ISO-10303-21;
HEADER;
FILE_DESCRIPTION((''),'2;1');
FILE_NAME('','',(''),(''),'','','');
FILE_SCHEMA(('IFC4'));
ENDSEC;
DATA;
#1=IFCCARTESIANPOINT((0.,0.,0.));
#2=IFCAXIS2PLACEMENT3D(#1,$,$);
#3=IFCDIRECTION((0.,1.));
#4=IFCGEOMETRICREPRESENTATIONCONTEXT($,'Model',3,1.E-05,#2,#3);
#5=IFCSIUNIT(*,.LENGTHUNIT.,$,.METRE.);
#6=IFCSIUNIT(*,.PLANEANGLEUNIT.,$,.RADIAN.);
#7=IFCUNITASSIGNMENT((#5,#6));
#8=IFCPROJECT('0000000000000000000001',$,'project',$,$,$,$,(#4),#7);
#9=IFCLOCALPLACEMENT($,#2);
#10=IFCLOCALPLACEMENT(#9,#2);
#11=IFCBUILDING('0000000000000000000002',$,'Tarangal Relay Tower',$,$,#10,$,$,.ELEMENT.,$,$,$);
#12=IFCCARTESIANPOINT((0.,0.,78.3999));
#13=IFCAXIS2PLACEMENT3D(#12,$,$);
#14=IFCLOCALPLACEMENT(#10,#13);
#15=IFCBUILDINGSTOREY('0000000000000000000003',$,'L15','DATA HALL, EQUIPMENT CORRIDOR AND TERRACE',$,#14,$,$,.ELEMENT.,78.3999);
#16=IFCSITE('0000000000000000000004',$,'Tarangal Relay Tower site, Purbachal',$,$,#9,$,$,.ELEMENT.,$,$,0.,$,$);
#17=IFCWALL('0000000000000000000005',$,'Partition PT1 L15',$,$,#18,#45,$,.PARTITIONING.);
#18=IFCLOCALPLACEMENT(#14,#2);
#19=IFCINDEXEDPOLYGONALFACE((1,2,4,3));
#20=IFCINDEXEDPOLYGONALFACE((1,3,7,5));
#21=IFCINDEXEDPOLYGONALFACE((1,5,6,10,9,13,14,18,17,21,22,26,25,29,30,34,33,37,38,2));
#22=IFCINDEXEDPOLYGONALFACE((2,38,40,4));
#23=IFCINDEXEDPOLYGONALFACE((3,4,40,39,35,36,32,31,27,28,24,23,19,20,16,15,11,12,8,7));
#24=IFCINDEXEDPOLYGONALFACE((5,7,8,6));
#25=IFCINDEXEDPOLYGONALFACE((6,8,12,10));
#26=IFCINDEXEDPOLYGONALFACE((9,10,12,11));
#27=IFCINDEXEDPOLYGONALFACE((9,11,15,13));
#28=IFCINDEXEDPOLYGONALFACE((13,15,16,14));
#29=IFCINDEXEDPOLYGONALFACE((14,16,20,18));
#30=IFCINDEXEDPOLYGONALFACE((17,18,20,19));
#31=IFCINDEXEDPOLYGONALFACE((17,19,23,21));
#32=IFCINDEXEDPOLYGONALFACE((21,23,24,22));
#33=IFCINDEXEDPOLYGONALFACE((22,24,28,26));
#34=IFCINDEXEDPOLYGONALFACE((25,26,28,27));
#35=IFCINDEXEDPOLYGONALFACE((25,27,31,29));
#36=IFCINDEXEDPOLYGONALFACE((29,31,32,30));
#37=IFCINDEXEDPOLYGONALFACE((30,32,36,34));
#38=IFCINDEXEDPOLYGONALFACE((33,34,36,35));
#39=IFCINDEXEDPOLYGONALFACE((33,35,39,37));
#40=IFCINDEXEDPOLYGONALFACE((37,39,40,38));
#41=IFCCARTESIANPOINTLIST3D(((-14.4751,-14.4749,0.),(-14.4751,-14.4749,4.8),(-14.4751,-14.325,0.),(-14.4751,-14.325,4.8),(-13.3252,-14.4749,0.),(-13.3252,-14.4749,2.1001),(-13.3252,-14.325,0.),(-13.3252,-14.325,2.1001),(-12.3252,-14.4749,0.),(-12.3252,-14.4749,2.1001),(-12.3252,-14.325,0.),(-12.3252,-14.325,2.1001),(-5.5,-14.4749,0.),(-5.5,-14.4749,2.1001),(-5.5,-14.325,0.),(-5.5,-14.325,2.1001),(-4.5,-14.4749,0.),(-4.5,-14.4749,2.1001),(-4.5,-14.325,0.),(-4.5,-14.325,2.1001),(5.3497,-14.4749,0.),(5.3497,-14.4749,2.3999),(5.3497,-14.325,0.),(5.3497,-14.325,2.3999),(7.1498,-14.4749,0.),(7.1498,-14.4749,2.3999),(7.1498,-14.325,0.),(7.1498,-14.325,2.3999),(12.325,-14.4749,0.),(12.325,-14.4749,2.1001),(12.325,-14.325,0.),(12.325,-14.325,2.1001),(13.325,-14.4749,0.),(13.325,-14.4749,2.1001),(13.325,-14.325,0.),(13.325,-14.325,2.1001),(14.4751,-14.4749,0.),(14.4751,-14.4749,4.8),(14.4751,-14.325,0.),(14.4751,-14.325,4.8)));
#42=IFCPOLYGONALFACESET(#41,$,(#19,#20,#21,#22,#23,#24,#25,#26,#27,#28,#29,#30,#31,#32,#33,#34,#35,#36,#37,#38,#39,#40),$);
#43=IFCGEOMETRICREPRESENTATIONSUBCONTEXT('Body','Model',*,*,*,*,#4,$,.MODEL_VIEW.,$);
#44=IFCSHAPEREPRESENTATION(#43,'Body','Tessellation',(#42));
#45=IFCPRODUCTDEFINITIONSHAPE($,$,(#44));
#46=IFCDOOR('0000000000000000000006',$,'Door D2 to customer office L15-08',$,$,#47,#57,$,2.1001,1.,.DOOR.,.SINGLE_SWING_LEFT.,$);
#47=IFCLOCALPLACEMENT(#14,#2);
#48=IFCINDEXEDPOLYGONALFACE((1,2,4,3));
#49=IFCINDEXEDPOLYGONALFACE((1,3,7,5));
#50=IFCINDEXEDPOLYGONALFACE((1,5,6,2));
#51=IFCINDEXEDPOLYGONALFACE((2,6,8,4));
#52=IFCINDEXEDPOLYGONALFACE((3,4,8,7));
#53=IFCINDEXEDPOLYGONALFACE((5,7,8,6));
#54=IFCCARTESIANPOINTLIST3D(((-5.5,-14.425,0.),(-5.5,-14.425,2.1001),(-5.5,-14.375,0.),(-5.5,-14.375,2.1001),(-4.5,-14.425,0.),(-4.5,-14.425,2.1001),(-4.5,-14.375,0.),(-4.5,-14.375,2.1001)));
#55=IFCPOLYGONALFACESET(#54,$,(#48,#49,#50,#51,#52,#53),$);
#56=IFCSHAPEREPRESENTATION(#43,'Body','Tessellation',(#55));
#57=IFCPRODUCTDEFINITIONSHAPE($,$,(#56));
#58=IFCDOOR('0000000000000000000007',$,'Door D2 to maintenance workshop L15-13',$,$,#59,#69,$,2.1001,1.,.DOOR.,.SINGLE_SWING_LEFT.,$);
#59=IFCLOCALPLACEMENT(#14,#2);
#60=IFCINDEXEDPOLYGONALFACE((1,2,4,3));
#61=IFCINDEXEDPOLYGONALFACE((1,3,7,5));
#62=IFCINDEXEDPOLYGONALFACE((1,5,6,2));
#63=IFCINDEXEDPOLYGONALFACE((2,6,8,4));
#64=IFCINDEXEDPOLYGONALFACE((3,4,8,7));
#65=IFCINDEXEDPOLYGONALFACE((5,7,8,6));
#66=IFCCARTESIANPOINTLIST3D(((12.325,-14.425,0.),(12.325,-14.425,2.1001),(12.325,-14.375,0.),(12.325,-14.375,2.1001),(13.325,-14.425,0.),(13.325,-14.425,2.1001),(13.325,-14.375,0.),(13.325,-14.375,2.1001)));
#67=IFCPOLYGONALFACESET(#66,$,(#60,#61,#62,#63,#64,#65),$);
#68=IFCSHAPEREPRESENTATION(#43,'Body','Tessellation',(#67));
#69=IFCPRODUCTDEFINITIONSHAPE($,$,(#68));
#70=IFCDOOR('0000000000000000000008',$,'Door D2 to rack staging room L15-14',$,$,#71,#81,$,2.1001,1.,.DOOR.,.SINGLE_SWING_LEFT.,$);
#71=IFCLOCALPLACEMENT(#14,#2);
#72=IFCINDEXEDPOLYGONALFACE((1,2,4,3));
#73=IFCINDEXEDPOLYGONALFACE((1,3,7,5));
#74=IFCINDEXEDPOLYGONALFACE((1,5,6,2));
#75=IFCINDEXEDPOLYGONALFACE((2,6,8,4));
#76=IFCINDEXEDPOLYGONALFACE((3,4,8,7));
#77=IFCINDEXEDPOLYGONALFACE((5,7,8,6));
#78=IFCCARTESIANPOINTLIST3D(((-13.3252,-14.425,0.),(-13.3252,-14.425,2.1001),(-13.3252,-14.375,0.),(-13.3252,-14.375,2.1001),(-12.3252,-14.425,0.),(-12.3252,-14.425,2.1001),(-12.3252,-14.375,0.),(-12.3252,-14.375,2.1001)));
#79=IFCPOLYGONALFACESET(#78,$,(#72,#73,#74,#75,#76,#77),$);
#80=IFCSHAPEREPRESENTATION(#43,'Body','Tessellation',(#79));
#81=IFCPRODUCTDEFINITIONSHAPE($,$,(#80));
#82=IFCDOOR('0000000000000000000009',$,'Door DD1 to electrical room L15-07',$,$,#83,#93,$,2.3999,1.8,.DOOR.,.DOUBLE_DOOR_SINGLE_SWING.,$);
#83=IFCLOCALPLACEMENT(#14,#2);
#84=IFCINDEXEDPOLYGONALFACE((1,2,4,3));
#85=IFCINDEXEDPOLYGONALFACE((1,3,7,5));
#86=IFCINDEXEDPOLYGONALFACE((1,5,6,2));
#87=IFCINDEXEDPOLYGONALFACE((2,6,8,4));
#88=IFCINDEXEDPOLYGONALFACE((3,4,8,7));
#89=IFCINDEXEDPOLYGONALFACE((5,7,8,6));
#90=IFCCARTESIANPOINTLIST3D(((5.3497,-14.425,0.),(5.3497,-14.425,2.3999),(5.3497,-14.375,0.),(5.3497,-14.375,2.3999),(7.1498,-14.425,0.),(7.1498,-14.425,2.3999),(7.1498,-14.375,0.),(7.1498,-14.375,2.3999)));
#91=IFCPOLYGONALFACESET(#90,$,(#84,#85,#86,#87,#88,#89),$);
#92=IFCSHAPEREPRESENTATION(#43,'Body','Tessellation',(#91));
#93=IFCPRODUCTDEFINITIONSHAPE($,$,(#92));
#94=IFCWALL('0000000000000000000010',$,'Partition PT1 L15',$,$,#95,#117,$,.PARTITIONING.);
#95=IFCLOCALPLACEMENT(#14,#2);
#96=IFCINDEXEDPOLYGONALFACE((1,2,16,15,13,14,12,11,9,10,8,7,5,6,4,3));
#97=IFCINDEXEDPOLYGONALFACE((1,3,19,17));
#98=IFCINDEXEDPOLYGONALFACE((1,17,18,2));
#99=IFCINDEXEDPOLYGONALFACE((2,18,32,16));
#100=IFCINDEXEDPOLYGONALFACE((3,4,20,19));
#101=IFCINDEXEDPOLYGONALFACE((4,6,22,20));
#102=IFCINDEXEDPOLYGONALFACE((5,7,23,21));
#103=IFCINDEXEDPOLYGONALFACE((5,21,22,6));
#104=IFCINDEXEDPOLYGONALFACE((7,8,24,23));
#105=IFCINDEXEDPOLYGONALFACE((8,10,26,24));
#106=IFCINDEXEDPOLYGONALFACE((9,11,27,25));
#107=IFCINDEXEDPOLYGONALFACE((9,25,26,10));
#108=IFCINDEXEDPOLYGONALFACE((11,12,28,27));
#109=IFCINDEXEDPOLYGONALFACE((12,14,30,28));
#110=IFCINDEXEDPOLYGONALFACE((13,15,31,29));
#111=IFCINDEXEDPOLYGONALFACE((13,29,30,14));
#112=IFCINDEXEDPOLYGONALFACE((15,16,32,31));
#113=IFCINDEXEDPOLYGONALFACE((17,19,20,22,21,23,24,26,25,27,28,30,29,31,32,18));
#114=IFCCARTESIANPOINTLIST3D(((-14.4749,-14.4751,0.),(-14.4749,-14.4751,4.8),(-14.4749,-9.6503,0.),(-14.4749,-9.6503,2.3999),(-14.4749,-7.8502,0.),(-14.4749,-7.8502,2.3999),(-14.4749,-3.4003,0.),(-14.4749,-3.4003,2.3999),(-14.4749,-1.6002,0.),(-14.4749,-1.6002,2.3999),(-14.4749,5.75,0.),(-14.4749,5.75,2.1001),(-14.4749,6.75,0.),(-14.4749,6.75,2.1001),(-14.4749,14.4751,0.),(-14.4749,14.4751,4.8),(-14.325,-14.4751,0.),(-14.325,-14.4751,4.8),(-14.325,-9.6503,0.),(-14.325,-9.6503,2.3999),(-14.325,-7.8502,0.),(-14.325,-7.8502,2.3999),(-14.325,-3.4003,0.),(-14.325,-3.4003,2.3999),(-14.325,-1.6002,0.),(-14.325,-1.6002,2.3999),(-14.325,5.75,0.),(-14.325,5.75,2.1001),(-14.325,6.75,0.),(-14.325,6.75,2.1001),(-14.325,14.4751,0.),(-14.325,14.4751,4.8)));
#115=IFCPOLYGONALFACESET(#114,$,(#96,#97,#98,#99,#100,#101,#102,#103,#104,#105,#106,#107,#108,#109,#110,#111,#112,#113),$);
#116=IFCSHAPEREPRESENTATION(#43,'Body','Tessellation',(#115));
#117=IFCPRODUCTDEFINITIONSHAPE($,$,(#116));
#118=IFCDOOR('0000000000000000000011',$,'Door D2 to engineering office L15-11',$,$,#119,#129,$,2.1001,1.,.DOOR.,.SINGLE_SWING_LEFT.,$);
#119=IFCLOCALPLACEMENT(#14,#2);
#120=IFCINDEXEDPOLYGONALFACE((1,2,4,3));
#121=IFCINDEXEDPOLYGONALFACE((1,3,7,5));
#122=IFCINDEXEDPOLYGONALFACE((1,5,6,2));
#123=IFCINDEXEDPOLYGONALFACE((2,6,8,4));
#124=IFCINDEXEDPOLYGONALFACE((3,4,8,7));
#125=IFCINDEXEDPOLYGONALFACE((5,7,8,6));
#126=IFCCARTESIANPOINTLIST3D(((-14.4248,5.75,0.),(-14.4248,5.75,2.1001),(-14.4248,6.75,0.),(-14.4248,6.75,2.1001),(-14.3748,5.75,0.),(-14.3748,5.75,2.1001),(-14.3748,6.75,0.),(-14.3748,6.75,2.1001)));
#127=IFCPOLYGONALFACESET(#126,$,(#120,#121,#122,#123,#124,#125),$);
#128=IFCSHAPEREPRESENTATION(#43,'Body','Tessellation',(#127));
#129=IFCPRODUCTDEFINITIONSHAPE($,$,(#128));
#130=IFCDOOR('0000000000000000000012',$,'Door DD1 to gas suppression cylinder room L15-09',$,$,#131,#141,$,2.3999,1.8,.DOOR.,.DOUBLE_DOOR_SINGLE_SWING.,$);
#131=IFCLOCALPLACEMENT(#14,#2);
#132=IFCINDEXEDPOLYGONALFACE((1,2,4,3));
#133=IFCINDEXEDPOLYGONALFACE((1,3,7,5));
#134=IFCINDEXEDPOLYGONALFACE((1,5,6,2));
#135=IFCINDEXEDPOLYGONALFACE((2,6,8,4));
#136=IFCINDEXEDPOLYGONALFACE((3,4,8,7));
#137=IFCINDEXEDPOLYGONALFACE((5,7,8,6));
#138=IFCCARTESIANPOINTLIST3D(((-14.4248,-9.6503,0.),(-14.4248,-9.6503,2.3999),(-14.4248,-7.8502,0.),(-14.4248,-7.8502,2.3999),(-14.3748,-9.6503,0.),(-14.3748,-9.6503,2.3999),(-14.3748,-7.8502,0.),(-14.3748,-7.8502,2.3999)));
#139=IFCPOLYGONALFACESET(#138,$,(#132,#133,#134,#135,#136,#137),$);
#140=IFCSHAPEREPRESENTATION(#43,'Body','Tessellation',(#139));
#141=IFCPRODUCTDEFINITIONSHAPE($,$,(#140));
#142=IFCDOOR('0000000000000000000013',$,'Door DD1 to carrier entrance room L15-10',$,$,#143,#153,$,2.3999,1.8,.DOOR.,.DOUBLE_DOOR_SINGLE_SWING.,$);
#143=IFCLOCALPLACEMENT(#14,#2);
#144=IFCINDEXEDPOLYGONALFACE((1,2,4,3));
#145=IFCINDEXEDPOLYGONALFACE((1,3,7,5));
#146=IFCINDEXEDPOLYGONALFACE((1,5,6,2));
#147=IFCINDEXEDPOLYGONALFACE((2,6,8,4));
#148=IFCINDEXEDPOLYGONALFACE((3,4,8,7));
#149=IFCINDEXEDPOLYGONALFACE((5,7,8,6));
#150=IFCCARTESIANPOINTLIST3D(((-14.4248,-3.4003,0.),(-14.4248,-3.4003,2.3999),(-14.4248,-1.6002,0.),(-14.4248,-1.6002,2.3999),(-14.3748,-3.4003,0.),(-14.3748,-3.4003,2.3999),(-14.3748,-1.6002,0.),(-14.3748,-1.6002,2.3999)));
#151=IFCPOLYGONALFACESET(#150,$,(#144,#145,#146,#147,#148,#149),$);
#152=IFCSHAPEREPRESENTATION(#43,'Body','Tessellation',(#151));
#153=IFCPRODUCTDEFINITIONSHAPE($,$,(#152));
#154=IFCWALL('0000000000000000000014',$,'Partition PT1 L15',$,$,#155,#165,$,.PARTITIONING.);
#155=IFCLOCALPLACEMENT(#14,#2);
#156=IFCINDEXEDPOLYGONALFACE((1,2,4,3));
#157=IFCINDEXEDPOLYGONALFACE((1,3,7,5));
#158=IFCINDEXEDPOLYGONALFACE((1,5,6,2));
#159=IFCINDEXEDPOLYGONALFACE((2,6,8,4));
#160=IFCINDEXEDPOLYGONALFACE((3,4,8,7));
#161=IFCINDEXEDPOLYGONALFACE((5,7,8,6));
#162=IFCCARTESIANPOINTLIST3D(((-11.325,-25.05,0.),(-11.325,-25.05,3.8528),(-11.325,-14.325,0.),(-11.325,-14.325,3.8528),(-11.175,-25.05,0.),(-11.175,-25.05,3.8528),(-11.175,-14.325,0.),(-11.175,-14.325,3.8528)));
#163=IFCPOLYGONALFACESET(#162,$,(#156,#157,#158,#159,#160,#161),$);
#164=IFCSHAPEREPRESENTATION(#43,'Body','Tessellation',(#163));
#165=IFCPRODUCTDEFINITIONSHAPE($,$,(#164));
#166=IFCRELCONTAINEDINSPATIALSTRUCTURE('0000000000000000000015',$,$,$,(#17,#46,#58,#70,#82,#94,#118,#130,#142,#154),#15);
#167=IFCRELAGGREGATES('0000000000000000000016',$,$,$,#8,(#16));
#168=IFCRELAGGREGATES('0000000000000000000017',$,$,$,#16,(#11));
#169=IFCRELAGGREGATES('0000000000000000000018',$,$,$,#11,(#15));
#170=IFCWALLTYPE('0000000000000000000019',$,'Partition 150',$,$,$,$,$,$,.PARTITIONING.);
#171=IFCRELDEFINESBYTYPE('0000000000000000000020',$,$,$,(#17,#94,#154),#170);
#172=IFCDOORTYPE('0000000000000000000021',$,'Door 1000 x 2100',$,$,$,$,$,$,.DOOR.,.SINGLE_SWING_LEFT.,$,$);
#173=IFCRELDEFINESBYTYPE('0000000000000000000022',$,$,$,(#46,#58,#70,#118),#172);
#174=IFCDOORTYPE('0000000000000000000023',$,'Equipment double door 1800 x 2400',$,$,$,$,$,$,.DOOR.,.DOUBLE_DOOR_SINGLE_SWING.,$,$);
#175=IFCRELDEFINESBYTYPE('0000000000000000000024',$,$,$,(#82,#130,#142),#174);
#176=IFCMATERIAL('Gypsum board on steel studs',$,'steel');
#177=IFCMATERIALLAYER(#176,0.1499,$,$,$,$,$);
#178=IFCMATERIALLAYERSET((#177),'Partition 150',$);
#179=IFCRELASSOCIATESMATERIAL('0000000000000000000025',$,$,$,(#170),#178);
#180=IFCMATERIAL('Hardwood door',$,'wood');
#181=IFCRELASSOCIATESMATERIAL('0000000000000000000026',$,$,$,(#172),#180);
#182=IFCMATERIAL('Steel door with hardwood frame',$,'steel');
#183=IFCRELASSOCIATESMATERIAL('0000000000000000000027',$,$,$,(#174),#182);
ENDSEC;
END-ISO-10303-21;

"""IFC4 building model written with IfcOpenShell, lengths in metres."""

from ifc_helpers import new_model, si_unit, direction, frame, frame_2d, origin, place, context, subcontext, project, spatial, rectangle, extrude, material, layer, layer_set, type_object, element, fill, save


model = new_model("IFC4")

# Units and contexts
model_context = context("Model", 3, precision=1e-05, world=origin(), true_north=direction((0.0, 1.0)))
body_context = subcontext(model_context, "Body", "Model", "MODEL_VIEW")
ifc_project = project(units=[si_unit("LENGTHUNIT", "METRE"), si_unit("PLANEANGLEUNIT", "RADIAN")], contexts=[model_context])

# Site, building, storey
site_placement = place(None, origin())
site = spatial("IfcSite", under=ifc_project, at=site_placement, Name="Tarangal Relay Tower site, Purbachal", CompositionType="ELEMENT", RefElevation=0.0)
building_placement = place(site_placement, origin())
building = spatial("IfcBuilding", under=site, at=building_placement, Name="Tarangal Relay Tower", CompositionType="ELEMENT")
storey_placement = place(building_placement, frame((0.0, 0.0, 78.3999)))
storey = spatial("IfcBuildingStorey", under=building, at=storey_placement, Name="L15", Description="DATA HALL, EQUIPMENT CORRIDOR AND TERRACE", CompositionType="ELEMENT", Elevation=78.3999)

# Walls, openings, doors
ifc_material_1 = material(Name="Gypsum board on steel studs", Category="steel")
ifc_layer_1 = layer(ifc_material_1, 0.1499)
ifc_layer_set_1 = layer_set([ifc_layer_1], Name="Partition 150")
wall_type_1 = type_object("IfcWallType", Name="Partition 150", PredefinedType="PARTITIONING", material=ifc_layer_set_1)
wall_1_placement = place(storey_placement, frame((-14.4751, -14.3999, 0.0), z_axis=(0.0, 0.0, 1.0), x_axis=(1.0, 0.0, 0.0)))
wall_1 = element("IfcWall", 1, at=wall_1_placement, inside=storey, type_object=wall_type_1, Name="Partition PT1 L15", PredefinedType="PARTITIONING", context=body_context, shape_type="SweptSolid", body=[
    extrude(rectangle(XDim=28.9502, YDim=0.1499, at=frame_2d((14.4751, 0.0))), origin(), (0.0, 0.0, 1.0), 4.8),
])
opening_1_placement = place(wall_1_placement, frame((19.825, 0.0, 0.0)))
opening_1 = element("IfcOpeningElement", 2, at=opening_1_placement, cuts=wall_1, PredefinedType="OPENING", context=body_context, shape_type="SweptSolid", body=[
    extrude(rectangle(XDim=1.8, YDim=2.3999, at=frame_2d((0.8999, 1.2))), frame((0.0, 0.085, 0.0), z_axis=(0.0, -1.0, 0.0), x_axis=(1.0, 0.0, 0.0)), (0.0, 0.0, 1.0), 0.1699),
])
opening_2_placement = place(wall_1_placement, frame((8.9751, 0.0, 0.0)))
opening_2 = element("IfcOpeningElement", 3, at=opening_2_placement, cuts=wall_1, PredefinedType="OPENING", context=body_context, shape_type="SweptSolid", body=[
    extrude(rectangle(XDim=1.0, YDim=2.1001, at=frame_2d((0.5, 1.05))), frame((0.0, 0.085, 0.0), z_axis=(0.0, -1.0, 0.0), x_axis=(1.0, 0.0, 0.0)), (0.0, 0.0, 1.0), 0.1699),
])
opening_3_placement = place(wall_1_placement, frame((26.8, 0.0, 0.0)))
opening_3 = element("IfcOpeningElement", 4, at=opening_3_placement, cuts=wall_1, PredefinedType="OPENING", context=body_context, shape_type="SweptSolid", body=[
    extrude(rectangle(XDim=1.0, YDim=2.1001, at=frame_2d((0.5, 1.05))), frame((0.0, 0.085, 0.0), z_axis=(0.0, -1.0, 0.0), x_axis=(1.0, 0.0, 0.0)), (0.0, 0.0, 1.0), 0.1699),
])
opening_4_placement = place(wall_1_placement, frame((1.1499, 0.0, 0.0)))
opening_4 = element("IfcOpeningElement", 5, at=opening_4_placement, cuts=wall_1, PredefinedType="OPENING", context=body_context, shape_type="SweptSolid", body=[
    extrude(rectangle(XDim=1.0, YDim=2.1001, at=frame_2d((0.5, 1.05))), frame((0.0, 0.085, 0.0), z_axis=(0.0, -1.0, 0.0), x_axis=(1.0, 0.0, 0.0)), (0.0, 0.0, 1.0), 0.1699),
])
ifc_material_2 = material(Name="Hardwood door", Category="wood")
door_type_1 = type_object("IfcDoorType", Name="Door 1000 x 2100", OperationType="SINGLE_SWING_LEFT", PredefinedType="DOOR", material=ifc_material_2)
door_1_placement = place(opening_2_placement, origin())
door_1 = element("IfcDoor", 6, at=door_1_placement, inside=storey, type_object=door_type_1, Name="Door D2 to customer office L15-08", OperationType="SINGLE_SWING_LEFT", OverallHeight=2.1001, OverallWidth=1.0, PredefinedType="DOOR", context=body_context, shape_type="SweptSolid", body=[
    extrude(rectangle(XDim=1.0, YDim=2.1001, at=frame_2d((0.5, 1.05))), frame((0.0, 0.0249, 0.0), z_axis=(0.0, -1.0, 0.0), x_axis=(1.0, 0.0, 0.0)), (0.0, 0.0, 1.0), 0.05),
])
fill(opening_2, door_1)
door_2_placement = place(opening_3_placement, origin())
door_2 = element("IfcDoor", 7, at=door_2_placement, inside=storey, type_object=door_type_1, Name="Door D2 to maintenance workshop L15-13", OperationType="SINGLE_SWING_LEFT", OverallHeight=2.1001, OverallWidth=1.0, PredefinedType="DOOR", context=body_context, shape_type="SweptSolid", body=[
    extrude(rectangle(XDim=1.0, YDim=2.1001, at=frame_2d((0.5, 1.05))), frame((0.0, 0.0249, 0.0), z_axis=(0.0, -1.0, 0.0), x_axis=(1.0, 0.0, 0.0)), (0.0, 0.0, 1.0), 0.05),
])
fill(opening_3, door_2)
door_3_placement = place(opening_4_placement, origin())
door_3 = element("IfcDoor", 8, at=door_3_placement, inside=storey, type_object=door_type_1, Name="Door D2 to rack staging room L15-14", OperationType="SINGLE_SWING_LEFT", OverallHeight=2.1001, OverallWidth=1.0, PredefinedType="DOOR", context=body_context, shape_type="SweptSolid", body=[
    extrude(rectangle(XDim=1.0, YDim=2.1001, at=frame_2d((0.5, 1.05))), frame((0.0, 0.0249, 0.0), z_axis=(0.0, -1.0, 0.0), x_axis=(1.0, 0.0, 0.0)), (0.0, 0.0, 1.0), 0.05),
])
fill(opening_4, door_3)
ifc_material_3 = material(Name="Steel door with hardwood frame", Category="steel")
door_type_2 = type_object("IfcDoorType", Name="Equipment double door 1800 x 2400", OperationType="DOUBLE_DOOR_SINGLE_SWING", PredefinedType="DOOR", material=ifc_material_3)
door_4_placement = place(opening_1_placement, origin())
door_4 = element("IfcDoor", 9, at=door_4_placement, inside=storey, type_object=door_type_2, Name="Door DD1 to electrical room L15-07", OperationType="DOUBLE_DOOR_SINGLE_SWING", OverallHeight=2.3999, OverallWidth=1.8, PredefinedType="DOOR", context=body_context, shape_type="SweptSolid", body=[
    extrude(rectangle(XDim=1.8, YDim=2.3999, at=frame_2d((0.8999, 1.2))), frame((0.0, 0.0249, 0.0), z_axis=(0.0, -1.0, 0.0), x_axis=(1.0, 0.0, 0.0)), (0.0, 0.0, 1.0), 0.05),
])
fill(opening_1, door_4)
wall_2_placement = place(storey_placement, frame((-14.3999, -14.4751, 0.0), z_axis=(0.0, 0.0, 1.0), x_axis=(0.0, 1.0, 0.0)))
wall_2 = element("IfcWall", 10, at=wall_2_placement, inside=storey, type_object=wall_type_1, Name="Partition PT1 L15", PredefinedType="PARTITIONING", context=body_context, shape_type="SweptSolid", body=[
    extrude(rectangle(XDim=28.9502, YDim=0.1499, at=frame_2d((14.4751, 0.0))), origin(), (0.0, 0.0, 1.0), 4.8),
])
opening_5_placement = place(wall_2_placement, frame((4.825, 0.0, 0.0)))
opening_5 = element("IfcOpeningElement", 11, at=opening_5_placement, cuts=wall_2, PredefinedType="OPENING", context=body_context, shape_type="SweptSolid", body=[
    extrude(rectangle(XDim=1.8, YDim=2.3999, at=frame_2d((0.8999, 1.2))), frame((0.0, 0.085, 0.0), z_axis=(0.0, -1.0, 0.0), x_axis=(1.0, 0.0, 0.0)), (0.0, 0.0, 1.0), 0.1699),
])
opening_6_placement = place(wall_2_placement, frame((11.075, 0.0, 0.0)))
opening_6 = element("IfcOpeningElement", 12, at=opening_6_placement, cuts=wall_2, PredefinedType="OPENING", context=body_context, shape_type="SweptSolid", body=[
    extrude(rectangle(XDim=1.8, YDim=2.3999, at=frame_2d((0.8999, 1.2))), frame((0.0, 0.085, 0.0), z_axis=(0.0, -1.0, 0.0), x_axis=(1.0, 0.0, 0.0)), (0.0, 0.0, 1.0), 0.1699),
])
opening_7_placement = place(wall_2_placement, frame((20.2251, 0.0, 0.0)))
opening_7 = element("IfcOpeningElement", 13, at=opening_7_placement, cuts=wall_2, PredefinedType="OPENING", context=body_context, shape_type="SweptSolid", body=[
    extrude(rectangle(XDim=1.0, YDim=2.1001, at=frame_2d((0.5, 1.05))), frame((0.0, 0.085, 0.0), z_axis=(0.0, -1.0, 0.0), x_axis=(1.0, 0.0, 0.0)), (0.0, 0.0, 1.0), 0.1699),
])
door_5_placement = place(opening_7_placement, origin())
door_5 = element("IfcDoor", 14, at=door_5_placement, inside=storey, type_object=door_type_1, Name="Door D2 to engineering office L15-11", OperationType="SINGLE_SWING_LEFT", OverallHeight=2.1001, OverallWidth=1.0, PredefinedType="DOOR", context=body_context, shape_type="SweptSolid", body=[
    extrude(rectangle(XDim=1.0, YDim=2.1001, at=frame_2d((0.5, 1.05))), frame((0.0, 0.0249, 0.0), z_axis=(0.0, -1.0, 0.0), x_axis=(1.0, 0.0, 0.0)), (0.0, 0.0, 1.0), 0.05),
])
fill(opening_7, door_5)
door_6_placement = place(opening_5_placement, origin())
door_6 = element("IfcDoor", 15, at=door_6_placement, inside=storey, type_object=door_type_2, Name="Door DD1 to gas suppression cylinder room L15-09", OperationType="DOUBLE_DOOR_SINGLE_SWING", OverallHeight=2.3999, OverallWidth=1.8, PredefinedType="DOOR", context=body_context, shape_type="SweptSolid", body=[
    extrude(rectangle(XDim=1.8, YDim=2.3999, at=frame_2d((0.8999, 1.2))), frame((0.0, 0.0249, 0.0), z_axis=(0.0, -1.0, 0.0), x_axis=(1.0, 0.0, 0.0)), (0.0, 0.0, 1.0), 0.05),
])
fill(opening_5, door_6)
door_7_placement = place(opening_6_placement, origin())
door_7 = element("IfcDoor", 16, at=door_7_placement, inside=storey, type_object=door_type_2, Name="Door DD1 to carrier entrance room L15-10", OperationType="DOUBLE_DOOR_SINGLE_SWING", OverallHeight=2.3999, OverallWidth=1.8, PredefinedType="DOOR", context=body_context, shape_type="SweptSolid", body=[
    extrude(rectangle(XDim=1.8, YDim=2.3999, at=frame_2d((0.8999, 1.2))), frame((0.0, 0.0249, 0.0), z_axis=(0.0, -1.0, 0.0), x_axis=(1.0, 0.0, 0.0)), (0.0, 0.0, 1.0), 0.05),
])
fill(opening_6, door_7)

# Wall
wall_3_placement = place(storey_placement, frame((-11.25, -25.05, 0.0), z_axis=(0.0, 0.0, 1.0), x_axis=(0.0, 1.0, 0.0)))
element("IfcWall", 17, at=wall_3_placement, inside=storey, type_object=wall_type_1, Name="Partition PT1 L15", PredefinedType="PARTITIONING", context=body_context, shape_type="SweptSolid", body=[
    extrude(rectangle(XDim=10.7251, YDim=0.1499, at=frame_2d((5.3625, 0.0))), origin(), (0.0, 0.0, 1.0), 3.8528),
])

save(model, "model.ifc")
